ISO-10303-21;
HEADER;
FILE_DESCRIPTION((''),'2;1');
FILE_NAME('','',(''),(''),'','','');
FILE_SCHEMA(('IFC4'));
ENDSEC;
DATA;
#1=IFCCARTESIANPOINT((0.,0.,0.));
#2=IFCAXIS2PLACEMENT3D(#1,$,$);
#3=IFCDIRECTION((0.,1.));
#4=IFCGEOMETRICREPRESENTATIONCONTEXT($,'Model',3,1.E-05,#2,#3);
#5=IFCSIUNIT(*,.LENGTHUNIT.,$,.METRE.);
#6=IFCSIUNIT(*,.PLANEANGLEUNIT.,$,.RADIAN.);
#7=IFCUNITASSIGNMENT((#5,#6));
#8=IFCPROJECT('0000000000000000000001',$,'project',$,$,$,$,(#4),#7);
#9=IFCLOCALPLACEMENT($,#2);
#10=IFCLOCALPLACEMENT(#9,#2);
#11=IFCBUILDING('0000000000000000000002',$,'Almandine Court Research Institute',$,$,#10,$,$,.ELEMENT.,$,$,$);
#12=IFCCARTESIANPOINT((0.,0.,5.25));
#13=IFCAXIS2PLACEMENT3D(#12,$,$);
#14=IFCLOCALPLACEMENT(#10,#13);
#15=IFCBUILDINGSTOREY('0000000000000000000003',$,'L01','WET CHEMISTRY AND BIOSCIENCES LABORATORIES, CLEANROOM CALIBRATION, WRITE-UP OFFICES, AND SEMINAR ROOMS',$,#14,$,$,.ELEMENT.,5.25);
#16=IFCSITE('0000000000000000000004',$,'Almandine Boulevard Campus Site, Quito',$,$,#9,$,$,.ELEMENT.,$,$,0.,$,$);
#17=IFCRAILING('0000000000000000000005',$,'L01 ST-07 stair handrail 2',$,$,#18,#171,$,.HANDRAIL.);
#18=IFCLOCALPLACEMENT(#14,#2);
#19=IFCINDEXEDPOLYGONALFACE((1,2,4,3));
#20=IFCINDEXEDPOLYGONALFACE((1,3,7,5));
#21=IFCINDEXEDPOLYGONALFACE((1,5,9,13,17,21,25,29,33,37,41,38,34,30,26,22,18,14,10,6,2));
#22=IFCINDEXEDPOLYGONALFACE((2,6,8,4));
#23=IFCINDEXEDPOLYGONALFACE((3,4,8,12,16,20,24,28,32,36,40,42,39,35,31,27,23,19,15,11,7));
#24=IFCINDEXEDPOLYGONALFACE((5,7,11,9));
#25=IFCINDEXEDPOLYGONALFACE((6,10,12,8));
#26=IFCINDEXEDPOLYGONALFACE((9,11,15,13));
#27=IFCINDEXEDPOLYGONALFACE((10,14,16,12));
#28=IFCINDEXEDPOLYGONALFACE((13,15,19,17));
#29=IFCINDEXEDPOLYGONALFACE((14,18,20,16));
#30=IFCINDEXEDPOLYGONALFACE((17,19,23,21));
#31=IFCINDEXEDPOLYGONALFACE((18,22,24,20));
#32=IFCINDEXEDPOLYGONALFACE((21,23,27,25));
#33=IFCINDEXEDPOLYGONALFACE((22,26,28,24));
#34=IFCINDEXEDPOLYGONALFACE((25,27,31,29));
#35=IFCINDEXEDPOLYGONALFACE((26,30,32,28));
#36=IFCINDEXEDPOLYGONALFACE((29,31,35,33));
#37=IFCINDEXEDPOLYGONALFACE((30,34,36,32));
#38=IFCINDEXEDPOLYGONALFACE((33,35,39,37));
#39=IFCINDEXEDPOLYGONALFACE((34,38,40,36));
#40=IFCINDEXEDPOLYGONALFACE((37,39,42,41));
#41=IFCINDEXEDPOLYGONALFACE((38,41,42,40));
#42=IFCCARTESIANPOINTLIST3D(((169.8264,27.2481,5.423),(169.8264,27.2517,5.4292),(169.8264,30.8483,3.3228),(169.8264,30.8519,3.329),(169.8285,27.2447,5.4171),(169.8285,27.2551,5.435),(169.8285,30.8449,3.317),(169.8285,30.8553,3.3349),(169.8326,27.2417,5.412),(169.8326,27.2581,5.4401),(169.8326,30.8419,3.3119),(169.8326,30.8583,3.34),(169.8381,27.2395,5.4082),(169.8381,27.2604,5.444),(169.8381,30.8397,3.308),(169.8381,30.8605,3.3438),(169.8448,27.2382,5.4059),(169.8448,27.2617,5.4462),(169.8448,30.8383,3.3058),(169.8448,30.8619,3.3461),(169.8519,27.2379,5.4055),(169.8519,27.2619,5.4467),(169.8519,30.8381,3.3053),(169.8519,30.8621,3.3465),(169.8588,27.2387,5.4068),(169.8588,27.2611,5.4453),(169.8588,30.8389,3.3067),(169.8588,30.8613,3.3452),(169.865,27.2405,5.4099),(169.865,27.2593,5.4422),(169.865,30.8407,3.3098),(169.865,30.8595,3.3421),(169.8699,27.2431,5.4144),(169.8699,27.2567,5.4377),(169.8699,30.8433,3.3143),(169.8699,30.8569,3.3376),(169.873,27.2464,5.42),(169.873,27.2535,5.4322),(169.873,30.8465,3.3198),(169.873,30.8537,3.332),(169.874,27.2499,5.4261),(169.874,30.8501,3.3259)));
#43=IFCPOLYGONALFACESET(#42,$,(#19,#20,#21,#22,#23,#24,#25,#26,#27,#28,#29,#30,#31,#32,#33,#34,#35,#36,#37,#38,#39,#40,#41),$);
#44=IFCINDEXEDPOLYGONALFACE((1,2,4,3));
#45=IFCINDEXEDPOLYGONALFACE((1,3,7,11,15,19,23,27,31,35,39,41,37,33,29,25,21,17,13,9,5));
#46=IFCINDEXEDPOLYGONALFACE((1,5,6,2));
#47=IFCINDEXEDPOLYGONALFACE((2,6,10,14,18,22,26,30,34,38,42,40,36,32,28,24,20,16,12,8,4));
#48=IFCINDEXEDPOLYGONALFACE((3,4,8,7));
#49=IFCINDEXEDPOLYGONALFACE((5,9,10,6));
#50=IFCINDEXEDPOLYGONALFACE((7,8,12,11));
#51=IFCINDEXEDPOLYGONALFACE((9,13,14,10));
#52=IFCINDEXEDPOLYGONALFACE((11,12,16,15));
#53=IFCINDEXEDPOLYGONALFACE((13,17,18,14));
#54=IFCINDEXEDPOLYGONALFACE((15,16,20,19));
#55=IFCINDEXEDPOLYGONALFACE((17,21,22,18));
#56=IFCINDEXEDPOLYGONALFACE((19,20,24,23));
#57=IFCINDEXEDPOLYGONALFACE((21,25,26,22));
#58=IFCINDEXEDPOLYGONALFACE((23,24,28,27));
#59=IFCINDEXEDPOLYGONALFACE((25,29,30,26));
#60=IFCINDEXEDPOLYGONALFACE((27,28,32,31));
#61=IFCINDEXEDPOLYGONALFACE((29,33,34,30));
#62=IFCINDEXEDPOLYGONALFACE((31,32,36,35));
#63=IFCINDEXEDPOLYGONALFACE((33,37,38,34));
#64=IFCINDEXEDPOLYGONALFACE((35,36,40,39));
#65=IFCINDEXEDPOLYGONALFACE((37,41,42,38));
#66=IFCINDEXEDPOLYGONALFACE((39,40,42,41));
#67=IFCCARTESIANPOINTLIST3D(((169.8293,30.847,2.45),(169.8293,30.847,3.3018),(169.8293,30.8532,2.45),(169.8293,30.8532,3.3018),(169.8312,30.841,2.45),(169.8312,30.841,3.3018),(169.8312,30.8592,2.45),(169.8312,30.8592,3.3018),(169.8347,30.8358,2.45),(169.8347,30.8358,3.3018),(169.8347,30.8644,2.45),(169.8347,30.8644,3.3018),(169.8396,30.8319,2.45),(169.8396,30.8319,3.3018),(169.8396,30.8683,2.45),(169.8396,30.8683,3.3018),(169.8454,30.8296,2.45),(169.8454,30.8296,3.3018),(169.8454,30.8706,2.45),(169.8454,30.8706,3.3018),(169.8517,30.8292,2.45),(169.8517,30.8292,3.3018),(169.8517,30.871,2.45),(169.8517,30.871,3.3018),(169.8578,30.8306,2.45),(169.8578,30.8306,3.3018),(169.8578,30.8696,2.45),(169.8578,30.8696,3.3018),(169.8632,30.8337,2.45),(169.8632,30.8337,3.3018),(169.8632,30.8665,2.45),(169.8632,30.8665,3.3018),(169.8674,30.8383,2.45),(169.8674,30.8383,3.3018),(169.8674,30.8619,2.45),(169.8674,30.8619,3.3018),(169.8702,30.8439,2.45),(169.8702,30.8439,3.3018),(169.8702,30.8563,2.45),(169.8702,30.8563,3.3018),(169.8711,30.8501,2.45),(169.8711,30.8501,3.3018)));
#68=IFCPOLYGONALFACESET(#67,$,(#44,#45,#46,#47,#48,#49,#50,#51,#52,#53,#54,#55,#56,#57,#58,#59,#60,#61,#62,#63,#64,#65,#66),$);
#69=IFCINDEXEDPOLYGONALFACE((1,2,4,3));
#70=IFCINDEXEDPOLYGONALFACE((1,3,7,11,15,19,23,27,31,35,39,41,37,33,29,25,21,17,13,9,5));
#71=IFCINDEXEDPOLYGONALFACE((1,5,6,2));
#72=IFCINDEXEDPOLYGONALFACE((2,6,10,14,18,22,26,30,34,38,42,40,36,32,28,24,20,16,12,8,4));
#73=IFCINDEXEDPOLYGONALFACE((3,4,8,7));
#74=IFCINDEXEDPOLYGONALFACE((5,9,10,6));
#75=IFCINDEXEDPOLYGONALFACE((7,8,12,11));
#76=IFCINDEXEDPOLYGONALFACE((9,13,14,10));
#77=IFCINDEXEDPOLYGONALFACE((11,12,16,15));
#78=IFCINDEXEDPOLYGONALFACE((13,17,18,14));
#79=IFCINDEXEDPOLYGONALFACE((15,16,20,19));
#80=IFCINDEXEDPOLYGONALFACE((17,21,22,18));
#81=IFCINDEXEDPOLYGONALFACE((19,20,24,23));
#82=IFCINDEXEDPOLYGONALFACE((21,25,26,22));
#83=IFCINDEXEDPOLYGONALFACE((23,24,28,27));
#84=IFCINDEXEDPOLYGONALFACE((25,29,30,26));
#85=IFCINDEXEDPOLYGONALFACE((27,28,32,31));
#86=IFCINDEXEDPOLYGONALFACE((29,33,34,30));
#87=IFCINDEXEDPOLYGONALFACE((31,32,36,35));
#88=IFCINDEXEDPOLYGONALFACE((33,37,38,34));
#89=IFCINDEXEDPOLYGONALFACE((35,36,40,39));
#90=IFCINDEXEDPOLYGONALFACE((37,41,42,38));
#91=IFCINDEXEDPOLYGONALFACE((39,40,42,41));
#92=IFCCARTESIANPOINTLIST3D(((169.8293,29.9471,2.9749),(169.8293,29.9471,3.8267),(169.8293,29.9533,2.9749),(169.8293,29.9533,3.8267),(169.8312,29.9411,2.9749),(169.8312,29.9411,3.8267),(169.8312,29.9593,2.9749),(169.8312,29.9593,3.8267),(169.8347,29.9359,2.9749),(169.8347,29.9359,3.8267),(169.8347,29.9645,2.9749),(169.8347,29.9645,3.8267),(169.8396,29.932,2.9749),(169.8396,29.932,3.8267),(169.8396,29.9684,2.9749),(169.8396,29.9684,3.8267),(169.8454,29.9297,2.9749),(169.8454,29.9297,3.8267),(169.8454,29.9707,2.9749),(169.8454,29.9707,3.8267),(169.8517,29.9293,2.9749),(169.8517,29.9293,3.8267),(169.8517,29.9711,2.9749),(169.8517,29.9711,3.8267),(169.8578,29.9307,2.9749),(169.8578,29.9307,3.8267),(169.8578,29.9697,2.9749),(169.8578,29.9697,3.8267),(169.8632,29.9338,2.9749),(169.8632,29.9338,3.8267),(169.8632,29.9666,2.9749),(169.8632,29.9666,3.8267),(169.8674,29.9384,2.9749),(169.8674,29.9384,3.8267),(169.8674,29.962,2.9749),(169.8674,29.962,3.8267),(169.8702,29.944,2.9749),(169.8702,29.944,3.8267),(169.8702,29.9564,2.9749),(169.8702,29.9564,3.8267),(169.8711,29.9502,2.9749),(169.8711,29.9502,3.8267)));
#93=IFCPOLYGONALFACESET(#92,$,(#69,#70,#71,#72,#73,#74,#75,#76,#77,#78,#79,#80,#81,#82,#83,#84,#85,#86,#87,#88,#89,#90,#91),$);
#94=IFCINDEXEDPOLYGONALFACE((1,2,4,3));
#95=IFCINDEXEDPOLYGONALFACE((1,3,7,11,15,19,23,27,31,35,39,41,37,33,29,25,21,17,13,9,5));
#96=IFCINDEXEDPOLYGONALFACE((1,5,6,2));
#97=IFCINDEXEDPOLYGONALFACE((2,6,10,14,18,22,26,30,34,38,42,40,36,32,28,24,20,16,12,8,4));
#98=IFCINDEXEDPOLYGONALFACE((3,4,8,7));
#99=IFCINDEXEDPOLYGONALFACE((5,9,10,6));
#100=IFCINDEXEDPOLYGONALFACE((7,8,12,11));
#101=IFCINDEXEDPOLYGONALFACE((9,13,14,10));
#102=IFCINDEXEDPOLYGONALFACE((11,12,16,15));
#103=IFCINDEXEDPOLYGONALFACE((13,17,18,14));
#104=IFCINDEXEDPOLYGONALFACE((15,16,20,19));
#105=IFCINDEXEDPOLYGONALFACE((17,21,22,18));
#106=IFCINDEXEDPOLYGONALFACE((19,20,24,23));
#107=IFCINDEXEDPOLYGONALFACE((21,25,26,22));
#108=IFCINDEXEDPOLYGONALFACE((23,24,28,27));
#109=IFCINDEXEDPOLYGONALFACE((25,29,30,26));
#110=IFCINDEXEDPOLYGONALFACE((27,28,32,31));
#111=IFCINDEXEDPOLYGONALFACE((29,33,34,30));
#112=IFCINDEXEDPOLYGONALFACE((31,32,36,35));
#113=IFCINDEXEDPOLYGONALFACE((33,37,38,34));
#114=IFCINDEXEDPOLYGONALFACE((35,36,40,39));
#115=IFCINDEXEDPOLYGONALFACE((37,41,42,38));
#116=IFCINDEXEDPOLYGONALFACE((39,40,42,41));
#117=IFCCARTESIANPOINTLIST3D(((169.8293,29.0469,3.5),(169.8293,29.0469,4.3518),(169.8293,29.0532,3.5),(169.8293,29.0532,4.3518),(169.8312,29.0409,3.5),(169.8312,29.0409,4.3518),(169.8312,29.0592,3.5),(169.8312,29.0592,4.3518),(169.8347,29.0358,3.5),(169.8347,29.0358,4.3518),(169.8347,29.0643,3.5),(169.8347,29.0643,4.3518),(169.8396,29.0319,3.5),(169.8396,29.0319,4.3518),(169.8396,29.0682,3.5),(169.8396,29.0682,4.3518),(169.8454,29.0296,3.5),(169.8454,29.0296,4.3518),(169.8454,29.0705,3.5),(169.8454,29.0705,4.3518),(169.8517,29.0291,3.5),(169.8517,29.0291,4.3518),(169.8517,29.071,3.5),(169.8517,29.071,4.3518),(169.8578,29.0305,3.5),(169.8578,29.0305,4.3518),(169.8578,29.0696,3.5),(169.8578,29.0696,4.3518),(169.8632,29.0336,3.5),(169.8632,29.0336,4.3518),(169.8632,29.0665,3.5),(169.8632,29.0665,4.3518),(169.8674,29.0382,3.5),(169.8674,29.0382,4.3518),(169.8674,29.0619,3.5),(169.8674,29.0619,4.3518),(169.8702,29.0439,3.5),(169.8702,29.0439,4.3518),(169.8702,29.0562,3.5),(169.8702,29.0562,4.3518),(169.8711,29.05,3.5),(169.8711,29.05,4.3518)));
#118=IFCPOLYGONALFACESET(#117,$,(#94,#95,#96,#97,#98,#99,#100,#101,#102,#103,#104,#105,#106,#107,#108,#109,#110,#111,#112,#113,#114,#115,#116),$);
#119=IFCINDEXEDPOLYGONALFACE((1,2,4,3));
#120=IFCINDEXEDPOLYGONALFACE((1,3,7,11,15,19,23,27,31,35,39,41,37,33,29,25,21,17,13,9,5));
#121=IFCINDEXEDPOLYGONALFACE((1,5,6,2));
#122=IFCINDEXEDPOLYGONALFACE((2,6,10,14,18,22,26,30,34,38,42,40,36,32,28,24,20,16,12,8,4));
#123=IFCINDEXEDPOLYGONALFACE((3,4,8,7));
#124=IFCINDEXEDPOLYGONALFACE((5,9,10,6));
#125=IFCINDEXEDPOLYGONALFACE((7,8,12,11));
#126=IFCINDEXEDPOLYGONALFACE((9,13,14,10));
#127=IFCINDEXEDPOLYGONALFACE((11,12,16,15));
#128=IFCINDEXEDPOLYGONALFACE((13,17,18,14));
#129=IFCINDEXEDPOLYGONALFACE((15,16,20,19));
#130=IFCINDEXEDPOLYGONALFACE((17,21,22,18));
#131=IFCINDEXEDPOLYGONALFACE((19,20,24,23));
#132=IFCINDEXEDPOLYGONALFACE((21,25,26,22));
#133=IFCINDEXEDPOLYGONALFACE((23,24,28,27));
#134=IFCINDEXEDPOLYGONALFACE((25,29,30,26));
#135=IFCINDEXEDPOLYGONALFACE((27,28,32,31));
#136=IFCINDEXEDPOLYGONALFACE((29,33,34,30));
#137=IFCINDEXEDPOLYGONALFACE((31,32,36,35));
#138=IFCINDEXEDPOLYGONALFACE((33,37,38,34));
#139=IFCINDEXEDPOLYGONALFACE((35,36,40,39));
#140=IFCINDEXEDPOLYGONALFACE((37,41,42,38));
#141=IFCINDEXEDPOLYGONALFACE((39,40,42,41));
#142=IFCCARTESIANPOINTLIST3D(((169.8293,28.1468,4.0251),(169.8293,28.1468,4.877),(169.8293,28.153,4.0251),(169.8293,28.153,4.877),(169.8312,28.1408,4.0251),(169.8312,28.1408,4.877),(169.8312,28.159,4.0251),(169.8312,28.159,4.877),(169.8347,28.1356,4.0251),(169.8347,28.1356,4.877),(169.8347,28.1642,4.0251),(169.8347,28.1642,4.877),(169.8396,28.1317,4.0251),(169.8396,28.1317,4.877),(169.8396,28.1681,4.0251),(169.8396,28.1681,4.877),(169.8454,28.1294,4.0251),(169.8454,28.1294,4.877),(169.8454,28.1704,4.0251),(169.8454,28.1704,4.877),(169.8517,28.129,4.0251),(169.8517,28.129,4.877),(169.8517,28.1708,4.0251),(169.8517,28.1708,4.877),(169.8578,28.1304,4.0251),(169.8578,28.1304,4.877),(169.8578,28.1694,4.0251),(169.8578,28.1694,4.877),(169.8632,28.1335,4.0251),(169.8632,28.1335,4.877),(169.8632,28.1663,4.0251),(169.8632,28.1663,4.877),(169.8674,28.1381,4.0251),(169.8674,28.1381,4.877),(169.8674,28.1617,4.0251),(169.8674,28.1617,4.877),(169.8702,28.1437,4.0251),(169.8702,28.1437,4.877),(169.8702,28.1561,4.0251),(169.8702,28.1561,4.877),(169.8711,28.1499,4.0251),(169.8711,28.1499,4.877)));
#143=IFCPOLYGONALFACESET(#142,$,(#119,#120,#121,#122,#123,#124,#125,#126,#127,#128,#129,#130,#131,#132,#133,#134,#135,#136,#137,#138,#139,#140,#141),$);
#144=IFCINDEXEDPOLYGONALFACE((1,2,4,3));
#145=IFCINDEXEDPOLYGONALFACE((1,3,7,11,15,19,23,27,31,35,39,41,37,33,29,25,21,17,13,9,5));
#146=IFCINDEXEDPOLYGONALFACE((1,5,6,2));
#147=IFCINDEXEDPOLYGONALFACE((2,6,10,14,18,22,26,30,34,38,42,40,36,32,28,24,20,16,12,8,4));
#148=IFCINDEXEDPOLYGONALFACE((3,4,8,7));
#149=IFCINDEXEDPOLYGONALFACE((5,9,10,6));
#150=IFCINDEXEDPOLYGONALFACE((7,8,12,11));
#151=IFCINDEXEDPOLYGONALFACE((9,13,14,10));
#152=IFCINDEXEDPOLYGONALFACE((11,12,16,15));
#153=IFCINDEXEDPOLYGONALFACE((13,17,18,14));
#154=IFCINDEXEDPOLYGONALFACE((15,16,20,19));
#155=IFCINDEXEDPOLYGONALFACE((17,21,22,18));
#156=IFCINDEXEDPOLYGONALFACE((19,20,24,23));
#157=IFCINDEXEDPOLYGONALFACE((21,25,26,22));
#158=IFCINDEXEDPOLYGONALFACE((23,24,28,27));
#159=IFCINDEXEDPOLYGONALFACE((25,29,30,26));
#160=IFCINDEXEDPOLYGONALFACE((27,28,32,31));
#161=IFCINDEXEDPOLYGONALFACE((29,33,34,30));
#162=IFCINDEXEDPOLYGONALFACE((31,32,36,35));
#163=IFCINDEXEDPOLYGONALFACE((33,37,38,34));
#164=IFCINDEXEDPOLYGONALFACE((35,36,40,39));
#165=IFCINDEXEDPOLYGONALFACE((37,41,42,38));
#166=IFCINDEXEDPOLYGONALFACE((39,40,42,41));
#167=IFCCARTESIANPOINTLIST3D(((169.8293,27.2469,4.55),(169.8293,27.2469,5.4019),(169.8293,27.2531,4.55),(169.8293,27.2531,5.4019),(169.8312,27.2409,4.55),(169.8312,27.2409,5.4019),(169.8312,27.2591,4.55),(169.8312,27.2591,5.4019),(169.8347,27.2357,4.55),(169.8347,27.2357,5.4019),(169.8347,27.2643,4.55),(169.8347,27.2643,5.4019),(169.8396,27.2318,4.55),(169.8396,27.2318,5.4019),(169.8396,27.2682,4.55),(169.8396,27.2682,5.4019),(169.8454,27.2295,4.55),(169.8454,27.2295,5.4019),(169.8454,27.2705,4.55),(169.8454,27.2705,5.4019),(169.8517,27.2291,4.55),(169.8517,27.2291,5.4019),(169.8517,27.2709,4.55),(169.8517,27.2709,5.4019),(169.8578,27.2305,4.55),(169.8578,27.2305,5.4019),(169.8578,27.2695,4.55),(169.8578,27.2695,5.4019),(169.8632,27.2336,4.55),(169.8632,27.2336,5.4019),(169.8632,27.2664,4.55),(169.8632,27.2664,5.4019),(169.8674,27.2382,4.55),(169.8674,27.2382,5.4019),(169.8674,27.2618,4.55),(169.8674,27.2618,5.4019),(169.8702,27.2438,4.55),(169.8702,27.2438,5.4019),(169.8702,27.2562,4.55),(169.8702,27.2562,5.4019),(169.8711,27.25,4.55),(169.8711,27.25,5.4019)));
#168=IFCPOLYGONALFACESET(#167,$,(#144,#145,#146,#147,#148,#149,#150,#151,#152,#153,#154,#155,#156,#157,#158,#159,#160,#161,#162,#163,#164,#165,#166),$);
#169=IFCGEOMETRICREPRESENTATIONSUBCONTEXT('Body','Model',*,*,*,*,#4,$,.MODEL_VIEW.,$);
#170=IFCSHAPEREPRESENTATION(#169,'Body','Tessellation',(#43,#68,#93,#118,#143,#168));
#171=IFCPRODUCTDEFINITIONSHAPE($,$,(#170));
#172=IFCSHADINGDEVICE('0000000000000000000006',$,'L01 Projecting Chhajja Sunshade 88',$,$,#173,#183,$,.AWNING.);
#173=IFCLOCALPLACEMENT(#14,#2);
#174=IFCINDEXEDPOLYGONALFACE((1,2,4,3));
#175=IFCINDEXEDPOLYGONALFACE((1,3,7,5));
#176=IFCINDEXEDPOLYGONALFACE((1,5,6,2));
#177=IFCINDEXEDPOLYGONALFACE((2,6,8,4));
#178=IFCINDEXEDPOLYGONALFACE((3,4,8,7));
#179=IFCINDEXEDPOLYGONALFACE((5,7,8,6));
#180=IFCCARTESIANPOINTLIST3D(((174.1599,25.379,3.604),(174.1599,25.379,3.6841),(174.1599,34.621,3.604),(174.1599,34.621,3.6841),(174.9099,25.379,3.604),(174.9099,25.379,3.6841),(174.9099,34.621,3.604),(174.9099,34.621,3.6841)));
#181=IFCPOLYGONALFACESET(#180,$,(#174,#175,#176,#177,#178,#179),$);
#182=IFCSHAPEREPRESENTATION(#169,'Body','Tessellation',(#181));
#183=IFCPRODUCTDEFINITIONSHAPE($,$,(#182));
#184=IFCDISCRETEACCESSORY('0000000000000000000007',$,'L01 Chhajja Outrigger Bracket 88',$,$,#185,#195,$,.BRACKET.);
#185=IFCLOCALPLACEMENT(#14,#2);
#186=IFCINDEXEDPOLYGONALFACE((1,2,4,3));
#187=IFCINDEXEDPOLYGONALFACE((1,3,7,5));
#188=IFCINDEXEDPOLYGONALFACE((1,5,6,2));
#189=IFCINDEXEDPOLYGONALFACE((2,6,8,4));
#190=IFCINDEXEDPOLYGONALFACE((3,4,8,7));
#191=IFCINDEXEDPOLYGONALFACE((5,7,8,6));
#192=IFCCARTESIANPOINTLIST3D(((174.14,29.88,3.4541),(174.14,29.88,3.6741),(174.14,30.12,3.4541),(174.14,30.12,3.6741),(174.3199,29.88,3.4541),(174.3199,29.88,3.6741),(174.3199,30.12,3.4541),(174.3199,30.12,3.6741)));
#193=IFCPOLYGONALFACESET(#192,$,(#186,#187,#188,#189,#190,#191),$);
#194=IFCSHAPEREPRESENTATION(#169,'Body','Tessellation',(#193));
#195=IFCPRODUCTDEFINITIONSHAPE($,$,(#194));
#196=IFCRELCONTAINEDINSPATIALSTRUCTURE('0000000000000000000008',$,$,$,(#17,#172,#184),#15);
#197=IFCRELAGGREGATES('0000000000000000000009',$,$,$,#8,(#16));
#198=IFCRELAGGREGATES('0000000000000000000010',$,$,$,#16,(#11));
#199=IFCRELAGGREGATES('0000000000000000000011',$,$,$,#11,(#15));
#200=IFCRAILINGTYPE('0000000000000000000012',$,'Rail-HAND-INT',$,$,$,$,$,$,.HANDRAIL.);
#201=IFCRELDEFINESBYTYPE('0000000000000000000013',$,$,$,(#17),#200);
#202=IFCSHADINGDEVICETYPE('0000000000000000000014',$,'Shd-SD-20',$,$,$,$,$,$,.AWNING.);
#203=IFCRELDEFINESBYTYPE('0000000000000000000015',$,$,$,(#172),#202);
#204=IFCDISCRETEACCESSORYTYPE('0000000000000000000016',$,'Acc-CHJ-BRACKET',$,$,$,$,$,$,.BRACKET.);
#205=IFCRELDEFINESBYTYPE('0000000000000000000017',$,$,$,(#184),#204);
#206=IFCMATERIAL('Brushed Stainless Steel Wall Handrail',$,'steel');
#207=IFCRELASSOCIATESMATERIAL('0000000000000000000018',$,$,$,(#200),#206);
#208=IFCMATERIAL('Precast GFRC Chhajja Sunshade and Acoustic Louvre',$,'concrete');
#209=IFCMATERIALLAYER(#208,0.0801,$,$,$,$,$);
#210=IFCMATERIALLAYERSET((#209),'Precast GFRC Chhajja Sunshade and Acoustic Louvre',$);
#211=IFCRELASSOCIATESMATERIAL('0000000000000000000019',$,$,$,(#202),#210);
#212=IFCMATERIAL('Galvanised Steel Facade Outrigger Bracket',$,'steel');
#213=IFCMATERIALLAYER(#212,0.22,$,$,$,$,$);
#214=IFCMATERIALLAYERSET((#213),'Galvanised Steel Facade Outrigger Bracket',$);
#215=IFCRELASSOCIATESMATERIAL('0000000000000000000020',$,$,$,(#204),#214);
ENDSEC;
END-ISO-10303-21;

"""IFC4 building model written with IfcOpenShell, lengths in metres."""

from ifc_helpers import new_model, si_unit, direction, frame, origin, origin_2d, place, context, subcontext, project, spatial, rectangle, circle, extrude, material, layer, layer_set, type_object, element, save


model = new_model("IFC4")

# Units and contexts
model_context = context("Model", 3, precision=1e-05, world=origin(), true_north=direction((0.0, 1.0)))
body_context = subcontext(model_context, "Body", "Model", "MODEL_VIEW")
ifc_project = project(units=[si_unit("LENGTHUNIT", "METRE"), si_unit("PLANEANGLEUNIT", "RADIAN")], contexts=[model_context])

# Site, building, storey
site_placement = place(None, origin())
site = spatial("IfcSite", under=ifc_project, at=site_placement, Name="Almandine Boulevard Campus Site, Quito", CompositionType="ELEMENT", RefElevation=0.0)
building_placement = place(site_placement, origin())
building = spatial("IfcBuilding", under=site, at=building_placement, Name="Almandine Court Research Institute", CompositionType="ELEMENT")
storey_placement = place(building_placement, frame((0.0, 0.0, 5.25)))
storey = spatial("IfcBuildingStorey", under=building, at=storey_placement, Name="L01", Description="WET CHEMISTRY AND BIOSCIENCES LABORATORIES, CLEANROOM CALIBRATION, WRITE-UP OFFICES, AND SEMINAR ROOMS", CompositionType="ELEMENT", Elevation=5.25)

# Railing
ifc_material_1 = material(Name="Brushed Stainless Steel Wall Handrail", Category="steel")
railing_type_1 = type_object("IfcRailingType", Name="Rail-HAND-INT", PredefinedType="HANDRAIL", material=ifc_material_1)
railing_1_placement = place(storey_placement, frame((169.8501, 30.8501, 2.45)))
element("IfcRailing", 1, at=railing_1_placement, inside=storey, type_object=railing_type_1, Name="L01 ST-07 stair handrail 2", PredefinedType="HANDRAIL", context=body_context, shape_type="SweptSolid", body=[
    extrude(circle(Radius=0.0239, at=origin_2d()), frame((0.0, 0.0, 0.876), z_axis=(0.0, -0.863775, 0.503878), x_axis=(1.0, 0.0, 0.0)), (0.0, 0.0, 1.0), 4.168),
    extrude(circle(Radius=0.021, at=origin_2d()), origin(), (0.0, 0.0, 1.0), 0.8518),
    extrude(circle(Radius=0.021, at=origin_2d()), frame((0.0, -0.8999, 0.5249)), (0.0, 0.0, 1.0), 0.8518),
    extrude(circle(Radius=0.021, at=origin_2d()), frame((0.0, -1.8, 1.05)), (0.0, 0.0, 1.0), 0.8518),
    extrude(circle(Radius=0.021, at=origin_2d()), frame((0.0, -2.7002, 1.5752)), (0.0, 0.0, 1.0), 0.8518),
    extrude(circle(Radius=0.021, at=origin_2d()), frame((0.0, -3.6001, 2.1001)), (0.0, 0.0, 1.0), 0.8518),
])

# Shading device
ifc_material_2 = material(Name="Precast GFRC Chhajja Sunshade and Acoustic Louvre", Category="concrete")
ifc_layer_1 = layer(ifc_material_2, 0.0801)
ifc_layer_set_1 = layer_set([ifc_layer_1], Name="Precast GFRC Chhajja Sunshade and Acoustic Louvre")
shading_device_type = type_object("IfcShadingDeviceType", Name="Shd-SD-20", PredefinedType="AWNING", material=ifc_layer_set_1)
shading_device_placement = place(storey_placement, frame((174.5349, 30.0, 3.604), z_axis=(0.0, 0.0, 1.0), x_axis=(0.0, -1.0, 0.0)))
element("IfcShadingDevice", 2, at=shading_device_placement, inside=storey, type_object=shading_device_type, Name="L01 Projecting Chhajja Sunshade 88", PredefinedType="AWNING", context=body_context, shape_type="SweptSolid", body=[
    extrude(rectangle(XDim=9.2419, YDim=0.75, at=origin_2d()), origin(), (0.0, 0.0, 1.0), 0.0801),
])

# Discrete accessory
ifc_material_3 = material(Name="Galvanised Steel Facade Outrigger Bracket", Category="steel")
ifc_layer_2 = layer(ifc_material_3, 0.22)
ifc_layer_set_2 = layer_set([ifc_layer_2], Name="Galvanised Steel Facade Outrigger Bracket")
discrete_accessory_type = type_object("IfcDiscreteAccessoryType", Name="Acc-CHJ-BRACKET", PredefinedType="BRACKET", material=ifc_layer_set_2)
discrete_accessory_placement = place(storey_placement, frame((174.23, 30.0, 3.4541), z_axis=(0.0, 0.0, 1.0), x_axis=(0.0, -1.0, 0.0)))
element("IfcDiscreteAccessory", 3, at=discrete_accessory_placement, inside=storey, type_object=discrete_accessory_type, Name="L01 Chhajja Outrigger Bracket 88", PredefinedType="BRACKET", context=body_context, shape_type="SweptSolid", body=[
    extrude(rectangle(XDim=0.24, YDim=0.1799, at=origin_2d()), origin(), (0.0, 0.0, 1.0), 0.22),
])

save(model, "model.ifc")
